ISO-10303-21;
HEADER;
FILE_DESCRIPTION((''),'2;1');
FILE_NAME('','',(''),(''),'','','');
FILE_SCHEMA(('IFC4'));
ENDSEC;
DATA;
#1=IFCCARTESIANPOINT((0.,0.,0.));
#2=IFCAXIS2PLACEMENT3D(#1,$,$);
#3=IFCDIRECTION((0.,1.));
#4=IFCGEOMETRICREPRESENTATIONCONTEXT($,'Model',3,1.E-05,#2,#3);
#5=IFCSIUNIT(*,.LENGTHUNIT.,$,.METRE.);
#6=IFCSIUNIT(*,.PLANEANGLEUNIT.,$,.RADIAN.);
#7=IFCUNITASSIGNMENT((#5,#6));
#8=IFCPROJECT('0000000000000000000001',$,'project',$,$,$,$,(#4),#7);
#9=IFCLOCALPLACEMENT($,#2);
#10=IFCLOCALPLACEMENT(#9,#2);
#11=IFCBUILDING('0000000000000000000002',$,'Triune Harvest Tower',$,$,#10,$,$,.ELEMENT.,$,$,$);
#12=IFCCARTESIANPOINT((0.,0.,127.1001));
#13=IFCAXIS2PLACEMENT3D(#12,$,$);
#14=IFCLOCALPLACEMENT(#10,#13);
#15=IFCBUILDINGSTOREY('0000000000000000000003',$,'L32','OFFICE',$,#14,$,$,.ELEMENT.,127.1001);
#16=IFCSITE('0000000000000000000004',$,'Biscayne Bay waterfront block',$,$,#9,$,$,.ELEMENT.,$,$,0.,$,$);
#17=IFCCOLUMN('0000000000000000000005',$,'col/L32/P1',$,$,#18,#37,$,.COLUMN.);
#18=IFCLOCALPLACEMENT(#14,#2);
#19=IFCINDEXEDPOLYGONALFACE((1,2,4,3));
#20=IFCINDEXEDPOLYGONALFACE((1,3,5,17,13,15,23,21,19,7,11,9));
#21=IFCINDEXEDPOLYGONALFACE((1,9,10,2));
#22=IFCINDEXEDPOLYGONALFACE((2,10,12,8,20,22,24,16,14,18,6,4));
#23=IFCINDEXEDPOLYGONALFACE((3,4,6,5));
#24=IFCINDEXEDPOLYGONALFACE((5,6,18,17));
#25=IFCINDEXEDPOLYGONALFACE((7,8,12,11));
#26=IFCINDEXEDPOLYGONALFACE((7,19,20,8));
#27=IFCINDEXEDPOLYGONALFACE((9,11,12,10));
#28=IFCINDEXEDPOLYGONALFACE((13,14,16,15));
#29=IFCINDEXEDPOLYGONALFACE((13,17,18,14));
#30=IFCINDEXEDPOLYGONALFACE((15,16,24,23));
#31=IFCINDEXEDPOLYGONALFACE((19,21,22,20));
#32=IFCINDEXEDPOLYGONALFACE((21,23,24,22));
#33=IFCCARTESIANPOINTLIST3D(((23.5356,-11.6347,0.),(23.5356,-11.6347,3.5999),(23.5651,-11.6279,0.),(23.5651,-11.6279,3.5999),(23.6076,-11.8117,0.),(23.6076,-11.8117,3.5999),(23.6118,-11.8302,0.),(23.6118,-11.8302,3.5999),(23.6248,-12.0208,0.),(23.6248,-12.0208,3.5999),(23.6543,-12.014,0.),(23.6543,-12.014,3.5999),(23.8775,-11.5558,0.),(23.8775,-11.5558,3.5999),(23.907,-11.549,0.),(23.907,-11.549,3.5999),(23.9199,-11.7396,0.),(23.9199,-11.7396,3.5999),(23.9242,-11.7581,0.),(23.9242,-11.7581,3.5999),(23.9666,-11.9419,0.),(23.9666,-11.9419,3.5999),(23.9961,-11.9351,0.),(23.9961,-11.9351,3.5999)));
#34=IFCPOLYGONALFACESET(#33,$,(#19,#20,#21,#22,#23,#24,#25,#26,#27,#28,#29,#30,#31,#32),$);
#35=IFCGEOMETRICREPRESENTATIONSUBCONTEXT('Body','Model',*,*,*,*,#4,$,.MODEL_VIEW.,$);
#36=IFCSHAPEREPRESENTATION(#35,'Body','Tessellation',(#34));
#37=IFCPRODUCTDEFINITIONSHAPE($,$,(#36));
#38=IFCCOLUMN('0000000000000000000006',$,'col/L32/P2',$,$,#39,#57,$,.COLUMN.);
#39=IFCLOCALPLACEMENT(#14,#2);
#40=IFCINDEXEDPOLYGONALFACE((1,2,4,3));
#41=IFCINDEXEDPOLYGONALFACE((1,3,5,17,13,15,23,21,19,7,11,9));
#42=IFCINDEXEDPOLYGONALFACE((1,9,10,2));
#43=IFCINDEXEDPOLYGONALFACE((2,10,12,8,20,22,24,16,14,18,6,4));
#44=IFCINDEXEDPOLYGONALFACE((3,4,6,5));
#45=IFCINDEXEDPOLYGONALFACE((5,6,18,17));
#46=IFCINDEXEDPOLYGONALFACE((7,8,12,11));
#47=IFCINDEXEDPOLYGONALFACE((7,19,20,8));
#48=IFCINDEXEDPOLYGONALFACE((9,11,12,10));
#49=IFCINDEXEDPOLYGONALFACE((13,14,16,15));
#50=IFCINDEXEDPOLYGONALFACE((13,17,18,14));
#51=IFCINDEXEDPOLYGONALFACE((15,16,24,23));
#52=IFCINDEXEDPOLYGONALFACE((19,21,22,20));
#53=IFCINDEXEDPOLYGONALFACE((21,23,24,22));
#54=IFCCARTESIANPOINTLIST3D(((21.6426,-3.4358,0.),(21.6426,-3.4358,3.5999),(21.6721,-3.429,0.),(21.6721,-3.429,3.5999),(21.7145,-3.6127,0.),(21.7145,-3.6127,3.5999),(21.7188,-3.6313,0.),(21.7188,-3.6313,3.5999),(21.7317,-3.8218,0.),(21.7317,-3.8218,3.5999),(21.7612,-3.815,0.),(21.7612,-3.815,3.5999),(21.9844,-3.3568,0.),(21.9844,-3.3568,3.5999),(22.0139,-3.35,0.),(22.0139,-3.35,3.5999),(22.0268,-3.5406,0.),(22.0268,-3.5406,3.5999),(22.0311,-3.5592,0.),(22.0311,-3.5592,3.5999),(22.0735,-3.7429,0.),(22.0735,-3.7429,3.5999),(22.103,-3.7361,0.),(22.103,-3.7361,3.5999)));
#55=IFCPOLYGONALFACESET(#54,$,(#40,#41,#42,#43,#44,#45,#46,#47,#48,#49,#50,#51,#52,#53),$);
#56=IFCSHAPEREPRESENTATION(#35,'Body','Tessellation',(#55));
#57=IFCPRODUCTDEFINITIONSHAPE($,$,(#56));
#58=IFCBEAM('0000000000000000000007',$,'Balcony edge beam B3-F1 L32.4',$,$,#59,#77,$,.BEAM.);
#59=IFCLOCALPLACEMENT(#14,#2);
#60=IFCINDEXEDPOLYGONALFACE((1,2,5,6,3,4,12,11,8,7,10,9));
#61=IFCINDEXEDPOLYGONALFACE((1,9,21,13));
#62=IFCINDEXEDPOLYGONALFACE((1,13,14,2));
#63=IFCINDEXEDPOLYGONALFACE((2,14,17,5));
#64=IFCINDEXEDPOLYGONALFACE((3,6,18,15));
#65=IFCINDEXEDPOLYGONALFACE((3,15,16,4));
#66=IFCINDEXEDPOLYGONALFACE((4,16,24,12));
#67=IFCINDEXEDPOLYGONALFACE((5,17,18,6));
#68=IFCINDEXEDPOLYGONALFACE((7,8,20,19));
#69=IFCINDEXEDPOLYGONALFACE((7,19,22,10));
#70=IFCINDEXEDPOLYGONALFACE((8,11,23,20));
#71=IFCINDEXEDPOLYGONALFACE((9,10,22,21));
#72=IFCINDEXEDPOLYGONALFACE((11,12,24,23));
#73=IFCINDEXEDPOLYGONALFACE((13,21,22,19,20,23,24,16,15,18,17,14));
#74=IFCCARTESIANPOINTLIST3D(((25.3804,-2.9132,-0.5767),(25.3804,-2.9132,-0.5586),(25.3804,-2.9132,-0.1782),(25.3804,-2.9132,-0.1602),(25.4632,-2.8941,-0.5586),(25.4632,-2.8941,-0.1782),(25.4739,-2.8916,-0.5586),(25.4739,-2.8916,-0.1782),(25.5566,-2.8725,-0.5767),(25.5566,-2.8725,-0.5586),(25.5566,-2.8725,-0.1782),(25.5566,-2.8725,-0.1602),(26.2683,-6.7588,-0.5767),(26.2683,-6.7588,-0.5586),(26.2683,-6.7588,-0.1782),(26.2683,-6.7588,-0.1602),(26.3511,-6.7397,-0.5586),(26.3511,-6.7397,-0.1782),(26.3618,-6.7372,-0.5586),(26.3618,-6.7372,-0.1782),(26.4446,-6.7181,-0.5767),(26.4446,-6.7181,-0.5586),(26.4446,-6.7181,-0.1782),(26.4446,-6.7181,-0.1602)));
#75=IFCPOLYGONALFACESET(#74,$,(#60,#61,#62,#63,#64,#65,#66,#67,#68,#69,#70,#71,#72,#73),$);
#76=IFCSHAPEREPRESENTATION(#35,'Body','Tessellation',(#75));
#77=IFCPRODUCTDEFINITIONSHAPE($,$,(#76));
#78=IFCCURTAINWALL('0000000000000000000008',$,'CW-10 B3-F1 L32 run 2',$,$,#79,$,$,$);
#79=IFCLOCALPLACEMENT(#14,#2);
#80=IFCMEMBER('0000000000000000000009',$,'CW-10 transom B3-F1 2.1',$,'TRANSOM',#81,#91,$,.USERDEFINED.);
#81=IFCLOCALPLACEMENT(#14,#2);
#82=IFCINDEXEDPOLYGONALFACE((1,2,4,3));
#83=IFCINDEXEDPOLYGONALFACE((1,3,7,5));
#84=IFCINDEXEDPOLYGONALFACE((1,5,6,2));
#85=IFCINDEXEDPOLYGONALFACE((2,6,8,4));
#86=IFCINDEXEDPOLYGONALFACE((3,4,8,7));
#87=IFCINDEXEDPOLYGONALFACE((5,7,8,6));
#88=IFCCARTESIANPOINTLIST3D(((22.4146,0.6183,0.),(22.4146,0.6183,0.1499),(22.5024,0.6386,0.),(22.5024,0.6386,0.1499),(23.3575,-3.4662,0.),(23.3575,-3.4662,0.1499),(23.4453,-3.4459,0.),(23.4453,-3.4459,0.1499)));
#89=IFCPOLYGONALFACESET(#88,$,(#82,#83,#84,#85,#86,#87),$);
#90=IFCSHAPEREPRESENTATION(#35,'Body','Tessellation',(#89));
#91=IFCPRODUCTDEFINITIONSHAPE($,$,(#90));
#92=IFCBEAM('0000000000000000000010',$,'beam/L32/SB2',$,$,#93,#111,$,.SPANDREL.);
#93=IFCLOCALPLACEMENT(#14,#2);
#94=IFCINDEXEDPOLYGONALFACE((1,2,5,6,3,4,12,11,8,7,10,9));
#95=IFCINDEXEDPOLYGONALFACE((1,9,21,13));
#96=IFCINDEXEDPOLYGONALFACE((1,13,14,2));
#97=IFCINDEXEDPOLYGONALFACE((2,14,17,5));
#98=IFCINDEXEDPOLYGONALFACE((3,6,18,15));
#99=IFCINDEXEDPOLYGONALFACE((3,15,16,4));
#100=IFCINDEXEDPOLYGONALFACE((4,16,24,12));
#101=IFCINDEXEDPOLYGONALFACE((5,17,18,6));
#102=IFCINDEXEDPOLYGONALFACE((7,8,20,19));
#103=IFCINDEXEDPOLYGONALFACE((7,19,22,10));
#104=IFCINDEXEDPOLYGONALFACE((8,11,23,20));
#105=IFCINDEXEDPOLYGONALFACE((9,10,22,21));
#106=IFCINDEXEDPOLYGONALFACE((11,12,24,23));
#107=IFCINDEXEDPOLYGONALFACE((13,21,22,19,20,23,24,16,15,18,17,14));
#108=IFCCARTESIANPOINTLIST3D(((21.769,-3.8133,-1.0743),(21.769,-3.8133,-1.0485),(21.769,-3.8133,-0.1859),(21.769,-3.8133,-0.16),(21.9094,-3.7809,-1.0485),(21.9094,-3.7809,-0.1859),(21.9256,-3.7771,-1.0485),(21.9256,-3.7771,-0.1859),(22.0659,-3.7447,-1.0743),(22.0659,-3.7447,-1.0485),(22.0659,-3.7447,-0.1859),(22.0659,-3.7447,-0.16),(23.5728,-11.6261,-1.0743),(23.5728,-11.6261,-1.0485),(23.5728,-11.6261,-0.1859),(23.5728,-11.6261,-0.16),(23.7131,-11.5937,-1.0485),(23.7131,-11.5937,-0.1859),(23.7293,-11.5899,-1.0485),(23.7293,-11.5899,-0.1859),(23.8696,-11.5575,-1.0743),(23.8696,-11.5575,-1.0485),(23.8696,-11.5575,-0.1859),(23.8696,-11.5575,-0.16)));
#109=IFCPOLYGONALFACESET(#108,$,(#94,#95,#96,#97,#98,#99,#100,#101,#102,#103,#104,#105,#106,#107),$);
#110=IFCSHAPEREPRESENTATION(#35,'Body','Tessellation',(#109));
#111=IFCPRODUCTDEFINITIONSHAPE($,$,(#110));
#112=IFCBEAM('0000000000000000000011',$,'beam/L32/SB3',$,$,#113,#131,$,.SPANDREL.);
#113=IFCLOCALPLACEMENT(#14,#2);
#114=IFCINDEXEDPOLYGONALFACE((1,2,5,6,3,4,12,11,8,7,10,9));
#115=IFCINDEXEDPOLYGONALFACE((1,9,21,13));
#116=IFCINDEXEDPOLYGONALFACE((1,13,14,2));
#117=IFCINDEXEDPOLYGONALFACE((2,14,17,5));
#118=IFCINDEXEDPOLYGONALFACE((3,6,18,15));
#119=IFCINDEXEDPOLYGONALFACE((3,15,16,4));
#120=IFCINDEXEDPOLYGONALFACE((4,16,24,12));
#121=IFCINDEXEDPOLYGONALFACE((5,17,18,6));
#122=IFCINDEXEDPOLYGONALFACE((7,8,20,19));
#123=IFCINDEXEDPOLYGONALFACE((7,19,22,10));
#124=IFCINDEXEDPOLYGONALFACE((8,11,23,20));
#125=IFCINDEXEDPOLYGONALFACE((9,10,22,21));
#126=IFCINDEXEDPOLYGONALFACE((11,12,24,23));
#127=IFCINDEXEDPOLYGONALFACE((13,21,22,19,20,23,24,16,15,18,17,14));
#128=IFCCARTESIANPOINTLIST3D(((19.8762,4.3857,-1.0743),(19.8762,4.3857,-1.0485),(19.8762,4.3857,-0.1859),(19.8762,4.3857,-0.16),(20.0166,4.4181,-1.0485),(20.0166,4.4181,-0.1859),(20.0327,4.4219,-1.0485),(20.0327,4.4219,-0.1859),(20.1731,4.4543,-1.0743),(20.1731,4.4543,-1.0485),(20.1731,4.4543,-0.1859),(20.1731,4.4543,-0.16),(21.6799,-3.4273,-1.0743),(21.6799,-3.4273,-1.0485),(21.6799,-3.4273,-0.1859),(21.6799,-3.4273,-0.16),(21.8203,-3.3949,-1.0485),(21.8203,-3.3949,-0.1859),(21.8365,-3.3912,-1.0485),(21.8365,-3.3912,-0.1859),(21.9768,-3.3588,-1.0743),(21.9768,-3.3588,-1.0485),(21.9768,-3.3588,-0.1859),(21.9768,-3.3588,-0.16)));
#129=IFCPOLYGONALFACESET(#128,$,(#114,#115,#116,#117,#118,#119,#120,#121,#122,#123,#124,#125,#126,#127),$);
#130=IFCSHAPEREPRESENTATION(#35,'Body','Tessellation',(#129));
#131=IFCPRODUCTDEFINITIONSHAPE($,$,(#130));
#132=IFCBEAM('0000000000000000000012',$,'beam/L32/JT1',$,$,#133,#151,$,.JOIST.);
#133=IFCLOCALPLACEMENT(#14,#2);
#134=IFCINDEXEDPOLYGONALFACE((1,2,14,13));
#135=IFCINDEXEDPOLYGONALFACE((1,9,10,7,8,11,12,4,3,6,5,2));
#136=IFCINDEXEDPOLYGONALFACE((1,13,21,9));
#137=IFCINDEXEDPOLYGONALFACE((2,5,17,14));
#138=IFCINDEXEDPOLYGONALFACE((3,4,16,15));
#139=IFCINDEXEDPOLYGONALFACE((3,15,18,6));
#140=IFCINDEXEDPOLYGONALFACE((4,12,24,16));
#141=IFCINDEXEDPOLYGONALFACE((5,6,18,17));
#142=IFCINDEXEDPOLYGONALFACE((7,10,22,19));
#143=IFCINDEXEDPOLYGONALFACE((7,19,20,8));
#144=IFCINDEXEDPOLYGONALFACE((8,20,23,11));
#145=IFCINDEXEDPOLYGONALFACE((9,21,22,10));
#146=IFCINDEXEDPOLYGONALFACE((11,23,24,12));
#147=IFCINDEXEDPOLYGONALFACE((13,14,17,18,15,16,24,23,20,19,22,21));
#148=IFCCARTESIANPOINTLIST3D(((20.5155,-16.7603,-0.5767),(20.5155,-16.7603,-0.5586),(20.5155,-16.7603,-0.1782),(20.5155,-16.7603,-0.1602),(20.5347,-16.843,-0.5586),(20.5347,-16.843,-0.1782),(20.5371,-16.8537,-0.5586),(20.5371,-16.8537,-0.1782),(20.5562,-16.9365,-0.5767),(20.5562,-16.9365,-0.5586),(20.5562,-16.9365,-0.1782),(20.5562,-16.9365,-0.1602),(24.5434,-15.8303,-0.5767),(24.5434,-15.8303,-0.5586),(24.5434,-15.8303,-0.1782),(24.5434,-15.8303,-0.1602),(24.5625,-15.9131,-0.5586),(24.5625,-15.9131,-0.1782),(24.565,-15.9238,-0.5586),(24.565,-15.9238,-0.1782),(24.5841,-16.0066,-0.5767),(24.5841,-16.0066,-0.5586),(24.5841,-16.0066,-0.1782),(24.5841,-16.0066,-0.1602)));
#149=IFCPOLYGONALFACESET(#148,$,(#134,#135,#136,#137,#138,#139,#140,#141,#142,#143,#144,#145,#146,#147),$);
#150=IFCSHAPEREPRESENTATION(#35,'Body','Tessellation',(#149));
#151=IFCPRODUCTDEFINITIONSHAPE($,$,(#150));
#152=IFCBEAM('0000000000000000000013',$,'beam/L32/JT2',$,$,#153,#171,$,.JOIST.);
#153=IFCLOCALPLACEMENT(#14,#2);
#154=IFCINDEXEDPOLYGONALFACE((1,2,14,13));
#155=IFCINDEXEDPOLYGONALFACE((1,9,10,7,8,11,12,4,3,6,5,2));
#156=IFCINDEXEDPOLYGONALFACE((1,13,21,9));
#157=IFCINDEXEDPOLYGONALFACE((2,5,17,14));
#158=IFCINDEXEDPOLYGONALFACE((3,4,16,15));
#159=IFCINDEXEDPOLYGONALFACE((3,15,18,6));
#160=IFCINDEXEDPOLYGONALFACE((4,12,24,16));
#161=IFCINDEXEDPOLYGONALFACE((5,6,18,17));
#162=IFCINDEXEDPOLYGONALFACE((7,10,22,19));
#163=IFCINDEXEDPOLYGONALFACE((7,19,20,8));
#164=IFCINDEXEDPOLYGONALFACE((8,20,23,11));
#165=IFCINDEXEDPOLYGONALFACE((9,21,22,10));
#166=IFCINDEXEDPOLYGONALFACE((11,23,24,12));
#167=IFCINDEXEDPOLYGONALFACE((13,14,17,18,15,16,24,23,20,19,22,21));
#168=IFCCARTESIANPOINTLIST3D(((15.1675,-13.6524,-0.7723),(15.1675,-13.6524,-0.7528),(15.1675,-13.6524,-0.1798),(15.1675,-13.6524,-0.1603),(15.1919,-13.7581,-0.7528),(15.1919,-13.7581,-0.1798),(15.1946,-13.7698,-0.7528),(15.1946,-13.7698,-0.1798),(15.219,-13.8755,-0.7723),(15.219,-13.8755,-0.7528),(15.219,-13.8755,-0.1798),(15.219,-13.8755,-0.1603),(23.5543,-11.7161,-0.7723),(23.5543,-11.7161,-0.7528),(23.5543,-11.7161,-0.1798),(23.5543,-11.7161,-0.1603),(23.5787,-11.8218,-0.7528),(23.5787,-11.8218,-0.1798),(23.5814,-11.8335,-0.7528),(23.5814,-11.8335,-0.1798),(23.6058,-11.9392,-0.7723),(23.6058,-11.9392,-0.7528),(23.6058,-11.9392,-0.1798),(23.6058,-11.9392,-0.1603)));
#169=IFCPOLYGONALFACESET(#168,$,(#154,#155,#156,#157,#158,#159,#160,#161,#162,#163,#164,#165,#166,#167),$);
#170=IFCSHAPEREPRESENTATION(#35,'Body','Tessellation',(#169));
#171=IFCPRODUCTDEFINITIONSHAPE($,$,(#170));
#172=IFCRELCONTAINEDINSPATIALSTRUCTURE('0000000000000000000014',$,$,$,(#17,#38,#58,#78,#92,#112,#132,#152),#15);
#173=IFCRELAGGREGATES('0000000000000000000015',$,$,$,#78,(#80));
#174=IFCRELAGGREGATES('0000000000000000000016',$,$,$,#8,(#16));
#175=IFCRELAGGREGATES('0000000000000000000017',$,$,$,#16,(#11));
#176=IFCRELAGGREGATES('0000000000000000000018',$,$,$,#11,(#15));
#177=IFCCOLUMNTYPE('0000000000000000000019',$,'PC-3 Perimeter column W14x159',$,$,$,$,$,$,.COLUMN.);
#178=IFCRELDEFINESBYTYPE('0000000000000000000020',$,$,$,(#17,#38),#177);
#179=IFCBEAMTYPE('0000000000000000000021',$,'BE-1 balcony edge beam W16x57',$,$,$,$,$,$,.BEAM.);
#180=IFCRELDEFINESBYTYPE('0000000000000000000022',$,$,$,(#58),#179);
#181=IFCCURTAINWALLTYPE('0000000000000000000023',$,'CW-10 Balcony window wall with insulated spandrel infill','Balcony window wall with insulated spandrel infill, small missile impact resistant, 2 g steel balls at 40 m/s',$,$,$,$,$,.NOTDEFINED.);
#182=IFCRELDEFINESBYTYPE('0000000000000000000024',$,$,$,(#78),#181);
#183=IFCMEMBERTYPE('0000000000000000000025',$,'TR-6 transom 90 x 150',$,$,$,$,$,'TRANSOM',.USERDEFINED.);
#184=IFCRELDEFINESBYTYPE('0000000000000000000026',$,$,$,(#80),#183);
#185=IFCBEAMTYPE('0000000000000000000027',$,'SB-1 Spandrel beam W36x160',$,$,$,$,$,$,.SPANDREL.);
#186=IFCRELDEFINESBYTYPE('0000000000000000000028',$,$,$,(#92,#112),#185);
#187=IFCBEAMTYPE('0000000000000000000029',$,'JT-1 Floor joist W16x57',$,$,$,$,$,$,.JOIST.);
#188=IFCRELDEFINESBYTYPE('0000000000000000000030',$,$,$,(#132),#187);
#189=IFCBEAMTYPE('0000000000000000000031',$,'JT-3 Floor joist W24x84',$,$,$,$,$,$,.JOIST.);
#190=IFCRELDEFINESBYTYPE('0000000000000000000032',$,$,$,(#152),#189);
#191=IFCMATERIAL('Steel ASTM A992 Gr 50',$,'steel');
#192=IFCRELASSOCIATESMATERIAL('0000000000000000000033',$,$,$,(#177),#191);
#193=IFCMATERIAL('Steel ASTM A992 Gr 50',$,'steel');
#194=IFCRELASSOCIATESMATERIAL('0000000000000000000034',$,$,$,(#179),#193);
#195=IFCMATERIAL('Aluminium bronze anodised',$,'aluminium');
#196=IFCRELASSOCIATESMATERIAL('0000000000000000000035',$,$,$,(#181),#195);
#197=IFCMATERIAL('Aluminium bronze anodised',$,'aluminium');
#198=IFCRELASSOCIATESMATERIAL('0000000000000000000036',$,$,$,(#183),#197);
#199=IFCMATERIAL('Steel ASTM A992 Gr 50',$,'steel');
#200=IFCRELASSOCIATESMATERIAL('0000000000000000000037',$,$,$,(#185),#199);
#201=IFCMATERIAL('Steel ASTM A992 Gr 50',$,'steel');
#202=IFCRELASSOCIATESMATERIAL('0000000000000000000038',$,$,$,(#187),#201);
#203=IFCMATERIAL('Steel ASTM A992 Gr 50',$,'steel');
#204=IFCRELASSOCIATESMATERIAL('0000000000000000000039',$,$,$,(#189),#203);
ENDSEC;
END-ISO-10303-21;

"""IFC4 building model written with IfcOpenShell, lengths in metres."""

from ifc_helpers import new_model, si_unit, direction, frame, origin, origin_2d, place, context, subcontext, project, spatial, rectangle, i_section, extrude, source, transform, mapped, material, material_profile, profile_set, type_object, element, aggregate, save


model = new_model("IFC4")

# Units and contexts
model_context = context("Model", 3, precision=1e-05, world=origin(), true_north=direction((0.0, 1.0)))
body_context = subcontext(model_context, "Body", "Model", "MODEL_VIEW")
ifc_project = project(units=[si_unit("LENGTHUNIT", "METRE"), si_unit("PLANEANGLEUNIT", "RADIAN")], contexts=[model_context])

# Site, building, storey
site_placement = place(None, origin())
site = spatial("IfcSite", under=ifc_project, at=site_placement, Name="Biscayne Bay waterfront block", CompositionType="ELEMENT", RefElevation=0.0)
building_placement = place(site_placement, origin())
building = spatial("IfcBuilding", under=site, at=building_placement, Name="Triune Harvest Tower", CompositionType="ELEMENT")
storey_placement = place(building_placement, frame((0.0, 0.0, 127.1001)))
storey = spatial("IfcBuildingStorey", under=building, at=storey_placement, Name="L32", Description="OFFICE", CompositionType="ELEMENT", Elevation=127.1001)

# Columns
ifc_material_1 = material(Name="Steel ASTM A992 Gr 50", Category="steel")
ifc_material_profile_1 = material_profile(ifc_material_1, i_section(OverallWidth=0.3962, OverallDepth=0.3811, WebThickness=0.019, FlangeThickness=0.0303, at=origin_2d()), Name="W14x159")
ifc_profile_set_1 = profile_set([ifc_material_profile_1], Name="Steel ASTM A992 Gr 50")
column_type = type_object("IfcColumnType", Name="PC-3 Perimeter column W14x159", PredefinedType="COLUMN", material=ifc_profile_set_1)
shared_shape_1 = source(origin(), body_context, "Body", "SweptSolid", [
    extrude(i_section(OverallWidth=0.3962, OverallDepth=0.3811, WebThickness=0.019, FlangeThickness=0.0303, at=origin_2d()), origin(), (0.0, 0.0, 1.0), 3.5999),
])
for number, where, z_axis, x_axis, name in (
    (1, (23.7659, -11.7849, 0.0), (0.0, 0.0, 1.0), (-0.224953, 0.97437, 0.0), "col/L32/P1"),
    (2, (21.8728, -3.5859, 0.0), (0.0, 0.0, 1.0), (-0.224953, 0.97437, 0.0), "col/L32/P2"),
):
    element("IfcColumn", number, at=place(storey_placement, frame(where, z_axis=z_axis, x_axis=x_axis)), inside=storey, type_object=column_type, Name=name, PredefinedType="COLUMN", context=body_context, shape_type="MappedRepresentation", body=[
        mapped(shared_shape_1, transform((0.0, 0.0, 0.0), scale=1.0)),
    ])

# Beam
ifc_material_2 = material(Name="Steel ASTM A992 Gr 50", Category="steel")
ifc_material_profile_2 = material_profile(ifc_material_2, i_section(OverallWidth=0.1809, OverallDepth=0.4165, WebThickness=0.011, FlangeThickness=0.0181, at=origin_2d()), Name="W16x57")
ifc_profile_set_2 = profile_set([ifc_material_profile_2], Name="Steel ASTM A992 Gr 50")
beam_type_1 = type_object("IfcBeamType", Name="BE-1 balcony edge beam W16x57", PredefinedType="BEAM", material=ifc_profile_set_2)
beam_1_placement = place(storey_placement, frame((25.4685, -2.8928, -0.3684), z_axis=(0.224972, -0.974365, 0.0), x_axis=(0.974365, 0.224972, 0.0)))
element("IfcBeam", 3, at=beam_1_placement, inside=storey, type_object=beam_type_1, Name="Balcony edge beam B3-F1 L32.4", PredefinedType="BEAM", context=body_context, shape_type="SweptSolid", body=[
    extrude(i_section(OverallWidth=0.1809, OverallDepth=0.4165, WebThickness=0.011, FlangeThickness=0.0181, at=origin_2d()), origin(), (0.0, 0.0, 1.0), 3.9468),
])

# Curtain wall, member
ifc_material_3 = material(Name="Aluminium bronze anodised", Category="aluminium")
curtain_wall_type = type_object("IfcCurtainWallType", Name="CW-10 Balcony window wall with insulated spandrel infill", Description="Balcony window wall with insulated spandrel infill, small missile impact resistant, 2 g steel balls at 40 m/s", PredefinedType="NOTDEFINED", material=ifc_material_3)
curtain_wall_1_placement = place(storey_placement, origin())
curtain_wall_1 = element("IfcCurtainWall", 4, at=curtain_wall_1_placement, inside=storey, type_object=curtain_wall_type, Name="CW-10 B3-F1 L32 run 2")
ifc_material_4 = material(Name="Aluminium bronze anodised", Category="aluminium")
ifc_material_profile_3 = material_profile(ifc_material_4, rectangle(XDim=0.0901, YDim=0.1499, at=origin_2d()), Name="TR-6 transom 90 x 150")
ifc_profile_set_3 = profile_set([ifc_material_profile_3], Name="Aluminium bronze anodised")
member_type_1 = type_object("IfcMemberType", Name="TR-6 transom 90 x 150", ElementType="TRANSOM", PredefinedType="USERDEFINED", material=ifc_profile_set_3)
member_1_placement = place(storey_placement, frame((23.4014, -3.4561, 0.075), z_axis=(-0.224928, 0.974375, 0.0), x_axis=(-0.974375, -0.224928, 0.0)))
member_1 = element("IfcMember", 5, at=member_1_placement, type_object=member_type_1, Name="CW-10 transom B3-F1 2.1", ObjectType="TRANSOM", PredefinedType="USERDEFINED", context=body_context, shape_type="SweptSolid", body=[
    extrude(rectangle(XDim=0.0901, YDim=0.1499, at=origin_2d()), origin(), (0.0, 0.0, 1.0), 4.1919),
])

# Beams
ifc_material_5 = material(Name="Steel ASTM A992 Gr 50", Category="steel")
ifc_material_profile_4 = material_profile(ifc_material_5, i_section(OverallWidth=0.3047, OverallDepth=0.9143, WebThickness=0.0166, FlangeThickness=0.0259, at=origin_2d()), Name="W36x160")
ifc_profile_set_4 = profile_set([ifc_material_profile_4], Name="Steel ASTM A992 Gr 50")
beam_type_2 = type_object("IfcBeamType", Name="SB-1 Spandrel beam W36x160", PredefinedType="SPANDREL", material=ifc_profile_set_4)
shared_shape_2 = source(origin(), body_context, "Body", "SweptSolid", [
    extrude(i_section(OverallWidth=0.3047, OverallDepth=0.9143, WebThickness=0.0166, FlangeThickness=0.0259, at=origin_2d()), origin(), (0.0, 0.0, 1.0), 8.0183),
])
beam_2_placement = place(storey_placement, frame((23.7212, -11.5918, -0.6172), z_axis=(-0.224951, 0.97437, 0.0), x_axis=(-0.97437, -0.224951, 0.0)))
element("IfcBeam", 6, at=beam_2_placement, inside=storey, type_object=beam_type_2, Name="beam/L32/SB2", PredefinedType="SPANDREL", context=body_context, shape_type="MappedRepresentation", body=[
    mapped(shared_shape_2, transform((0.0, 0.0, 0.0), scale=1.0)),
])
shared_shape_3 = source(origin(), body_context, "Body", "SweptSolid", [
    extrude(i_section(OverallWidth=0.3047, OverallDepth=0.9143, WebThickness=0.0166, FlangeThickness=0.0259, at=origin_2d()), origin(), (0.0, 0.0, 1.0), 8.0186),
])
beam_3_placement = place(storey_placement, frame((21.8284, -3.3931, -0.6172), z_axis=(-0.224944, 0.974372, 0.0), x_axis=(-0.974372, -0.224944, 0.0)))
element("IfcBeam", 7, at=beam_3_placement, inside=storey, type_object=beam_type_2, Name="beam/L32/SB3", PredefinedType="SPANDREL", context=body_context, shape_type="MappedRepresentation", body=[
    mapped(shared_shape_3, transform((0.0, 0.0, 0.0), scale=1.0)),
])
ifc_material_6 = material(Name="Steel ASTM A992 Gr 50", Category="steel")
ifc_material_profile_5 = material_profile(ifc_material_6, i_section(OverallWidth=0.1809, OverallDepth=0.4165, WebThickness=0.011, FlangeThickness=0.0181, at=origin_2d()), Name="W16x57")
ifc_profile_set_5 = profile_set([ifc_material_profile_5], Name="Steel ASTM A992 Gr 50")
beam_type_3 = type_object("IfcBeamType", Name="JT-1 Floor joist W16x57", PredefinedType="JOIST", material=ifc_profile_set_5)
shared_shape_4 = source(origin(), body_context, "Body", "SweptSolid", [
    extrude(i_section(OverallWidth=0.1809, OverallDepth=0.4165, WebThickness=0.011, FlangeThickness=0.0181, at=origin_2d()), origin(), (0.0, 0.0, 1.0), 4.1338),
])
beam_4_placement = place(storey_placement, frame((24.5637, -15.9185, -0.3684), z_axis=(-0.974368, -0.224959, 0.0), x_axis=(0.224959, -0.974368, 0.0)))
element("IfcBeam", 8, at=beam_4_placement, inside=storey, type_object=beam_type_3, Name="beam/L32/JT1", PredefinedType="JOIST", context=body_context, shape_type="MappedRepresentation", body=[
    mapped(shared_shape_4, transform((0.0, 0.0, 0.0), scale=1.0)),
])
ifc_material_7 = material(Name="Steel ASTM A992 Gr 50", Category="steel")
ifc_material_profile_6 = material_profile(ifc_material_7, i_section(OverallWidth=0.229, OverallDepth=0.6121, WebThickness=0.012, FlangeThickness=0.0195, at=origin_2d()), Name="W24x84")
ifc_profile_set_6 = profile_set([ifc_material_profile_6], Name="Steel ASTM A992 Gr 50")
beam_type_4 = type_object("IfcBeamType", Name="JT-3 Floor joist W24x84", PredefinedType="JOIST", material=ifc_profile_set_6)
shared_shape_5 = source(origin(), body_context, "Body", "SweptSolid", [
    extrude(i_section(OverallWidth=0.229, OverallDepth=0.6121, WebThickness=0.012, FlangeThickness=0.0195, at=origin_2d()), origin(), (0.0, 0.0, 1.0), 8.6074),
])
beam_5_placement = place(storey_placement, frame((23.5801, -11.8276, -0.4663), z_axis=(-0.974369, -0.224957, 0.0), x_axis=(0.224957, -0.974369, 0.0)))
element("IfcBeam", 9, at=beam_5_placement, inside=storey, type_object=beam_type_4, Name="beam/L32/JT2", PredefinedType="JOIST", context=body_context, shape_type="MappedRepresentation", body=[
    mapped(shared_shape_5, transform((0.0, 0.0, 0.0), scale=1.0)),
])

aggregate(curtain_wall_1, [member_1])

save(model, "model.ifc")
